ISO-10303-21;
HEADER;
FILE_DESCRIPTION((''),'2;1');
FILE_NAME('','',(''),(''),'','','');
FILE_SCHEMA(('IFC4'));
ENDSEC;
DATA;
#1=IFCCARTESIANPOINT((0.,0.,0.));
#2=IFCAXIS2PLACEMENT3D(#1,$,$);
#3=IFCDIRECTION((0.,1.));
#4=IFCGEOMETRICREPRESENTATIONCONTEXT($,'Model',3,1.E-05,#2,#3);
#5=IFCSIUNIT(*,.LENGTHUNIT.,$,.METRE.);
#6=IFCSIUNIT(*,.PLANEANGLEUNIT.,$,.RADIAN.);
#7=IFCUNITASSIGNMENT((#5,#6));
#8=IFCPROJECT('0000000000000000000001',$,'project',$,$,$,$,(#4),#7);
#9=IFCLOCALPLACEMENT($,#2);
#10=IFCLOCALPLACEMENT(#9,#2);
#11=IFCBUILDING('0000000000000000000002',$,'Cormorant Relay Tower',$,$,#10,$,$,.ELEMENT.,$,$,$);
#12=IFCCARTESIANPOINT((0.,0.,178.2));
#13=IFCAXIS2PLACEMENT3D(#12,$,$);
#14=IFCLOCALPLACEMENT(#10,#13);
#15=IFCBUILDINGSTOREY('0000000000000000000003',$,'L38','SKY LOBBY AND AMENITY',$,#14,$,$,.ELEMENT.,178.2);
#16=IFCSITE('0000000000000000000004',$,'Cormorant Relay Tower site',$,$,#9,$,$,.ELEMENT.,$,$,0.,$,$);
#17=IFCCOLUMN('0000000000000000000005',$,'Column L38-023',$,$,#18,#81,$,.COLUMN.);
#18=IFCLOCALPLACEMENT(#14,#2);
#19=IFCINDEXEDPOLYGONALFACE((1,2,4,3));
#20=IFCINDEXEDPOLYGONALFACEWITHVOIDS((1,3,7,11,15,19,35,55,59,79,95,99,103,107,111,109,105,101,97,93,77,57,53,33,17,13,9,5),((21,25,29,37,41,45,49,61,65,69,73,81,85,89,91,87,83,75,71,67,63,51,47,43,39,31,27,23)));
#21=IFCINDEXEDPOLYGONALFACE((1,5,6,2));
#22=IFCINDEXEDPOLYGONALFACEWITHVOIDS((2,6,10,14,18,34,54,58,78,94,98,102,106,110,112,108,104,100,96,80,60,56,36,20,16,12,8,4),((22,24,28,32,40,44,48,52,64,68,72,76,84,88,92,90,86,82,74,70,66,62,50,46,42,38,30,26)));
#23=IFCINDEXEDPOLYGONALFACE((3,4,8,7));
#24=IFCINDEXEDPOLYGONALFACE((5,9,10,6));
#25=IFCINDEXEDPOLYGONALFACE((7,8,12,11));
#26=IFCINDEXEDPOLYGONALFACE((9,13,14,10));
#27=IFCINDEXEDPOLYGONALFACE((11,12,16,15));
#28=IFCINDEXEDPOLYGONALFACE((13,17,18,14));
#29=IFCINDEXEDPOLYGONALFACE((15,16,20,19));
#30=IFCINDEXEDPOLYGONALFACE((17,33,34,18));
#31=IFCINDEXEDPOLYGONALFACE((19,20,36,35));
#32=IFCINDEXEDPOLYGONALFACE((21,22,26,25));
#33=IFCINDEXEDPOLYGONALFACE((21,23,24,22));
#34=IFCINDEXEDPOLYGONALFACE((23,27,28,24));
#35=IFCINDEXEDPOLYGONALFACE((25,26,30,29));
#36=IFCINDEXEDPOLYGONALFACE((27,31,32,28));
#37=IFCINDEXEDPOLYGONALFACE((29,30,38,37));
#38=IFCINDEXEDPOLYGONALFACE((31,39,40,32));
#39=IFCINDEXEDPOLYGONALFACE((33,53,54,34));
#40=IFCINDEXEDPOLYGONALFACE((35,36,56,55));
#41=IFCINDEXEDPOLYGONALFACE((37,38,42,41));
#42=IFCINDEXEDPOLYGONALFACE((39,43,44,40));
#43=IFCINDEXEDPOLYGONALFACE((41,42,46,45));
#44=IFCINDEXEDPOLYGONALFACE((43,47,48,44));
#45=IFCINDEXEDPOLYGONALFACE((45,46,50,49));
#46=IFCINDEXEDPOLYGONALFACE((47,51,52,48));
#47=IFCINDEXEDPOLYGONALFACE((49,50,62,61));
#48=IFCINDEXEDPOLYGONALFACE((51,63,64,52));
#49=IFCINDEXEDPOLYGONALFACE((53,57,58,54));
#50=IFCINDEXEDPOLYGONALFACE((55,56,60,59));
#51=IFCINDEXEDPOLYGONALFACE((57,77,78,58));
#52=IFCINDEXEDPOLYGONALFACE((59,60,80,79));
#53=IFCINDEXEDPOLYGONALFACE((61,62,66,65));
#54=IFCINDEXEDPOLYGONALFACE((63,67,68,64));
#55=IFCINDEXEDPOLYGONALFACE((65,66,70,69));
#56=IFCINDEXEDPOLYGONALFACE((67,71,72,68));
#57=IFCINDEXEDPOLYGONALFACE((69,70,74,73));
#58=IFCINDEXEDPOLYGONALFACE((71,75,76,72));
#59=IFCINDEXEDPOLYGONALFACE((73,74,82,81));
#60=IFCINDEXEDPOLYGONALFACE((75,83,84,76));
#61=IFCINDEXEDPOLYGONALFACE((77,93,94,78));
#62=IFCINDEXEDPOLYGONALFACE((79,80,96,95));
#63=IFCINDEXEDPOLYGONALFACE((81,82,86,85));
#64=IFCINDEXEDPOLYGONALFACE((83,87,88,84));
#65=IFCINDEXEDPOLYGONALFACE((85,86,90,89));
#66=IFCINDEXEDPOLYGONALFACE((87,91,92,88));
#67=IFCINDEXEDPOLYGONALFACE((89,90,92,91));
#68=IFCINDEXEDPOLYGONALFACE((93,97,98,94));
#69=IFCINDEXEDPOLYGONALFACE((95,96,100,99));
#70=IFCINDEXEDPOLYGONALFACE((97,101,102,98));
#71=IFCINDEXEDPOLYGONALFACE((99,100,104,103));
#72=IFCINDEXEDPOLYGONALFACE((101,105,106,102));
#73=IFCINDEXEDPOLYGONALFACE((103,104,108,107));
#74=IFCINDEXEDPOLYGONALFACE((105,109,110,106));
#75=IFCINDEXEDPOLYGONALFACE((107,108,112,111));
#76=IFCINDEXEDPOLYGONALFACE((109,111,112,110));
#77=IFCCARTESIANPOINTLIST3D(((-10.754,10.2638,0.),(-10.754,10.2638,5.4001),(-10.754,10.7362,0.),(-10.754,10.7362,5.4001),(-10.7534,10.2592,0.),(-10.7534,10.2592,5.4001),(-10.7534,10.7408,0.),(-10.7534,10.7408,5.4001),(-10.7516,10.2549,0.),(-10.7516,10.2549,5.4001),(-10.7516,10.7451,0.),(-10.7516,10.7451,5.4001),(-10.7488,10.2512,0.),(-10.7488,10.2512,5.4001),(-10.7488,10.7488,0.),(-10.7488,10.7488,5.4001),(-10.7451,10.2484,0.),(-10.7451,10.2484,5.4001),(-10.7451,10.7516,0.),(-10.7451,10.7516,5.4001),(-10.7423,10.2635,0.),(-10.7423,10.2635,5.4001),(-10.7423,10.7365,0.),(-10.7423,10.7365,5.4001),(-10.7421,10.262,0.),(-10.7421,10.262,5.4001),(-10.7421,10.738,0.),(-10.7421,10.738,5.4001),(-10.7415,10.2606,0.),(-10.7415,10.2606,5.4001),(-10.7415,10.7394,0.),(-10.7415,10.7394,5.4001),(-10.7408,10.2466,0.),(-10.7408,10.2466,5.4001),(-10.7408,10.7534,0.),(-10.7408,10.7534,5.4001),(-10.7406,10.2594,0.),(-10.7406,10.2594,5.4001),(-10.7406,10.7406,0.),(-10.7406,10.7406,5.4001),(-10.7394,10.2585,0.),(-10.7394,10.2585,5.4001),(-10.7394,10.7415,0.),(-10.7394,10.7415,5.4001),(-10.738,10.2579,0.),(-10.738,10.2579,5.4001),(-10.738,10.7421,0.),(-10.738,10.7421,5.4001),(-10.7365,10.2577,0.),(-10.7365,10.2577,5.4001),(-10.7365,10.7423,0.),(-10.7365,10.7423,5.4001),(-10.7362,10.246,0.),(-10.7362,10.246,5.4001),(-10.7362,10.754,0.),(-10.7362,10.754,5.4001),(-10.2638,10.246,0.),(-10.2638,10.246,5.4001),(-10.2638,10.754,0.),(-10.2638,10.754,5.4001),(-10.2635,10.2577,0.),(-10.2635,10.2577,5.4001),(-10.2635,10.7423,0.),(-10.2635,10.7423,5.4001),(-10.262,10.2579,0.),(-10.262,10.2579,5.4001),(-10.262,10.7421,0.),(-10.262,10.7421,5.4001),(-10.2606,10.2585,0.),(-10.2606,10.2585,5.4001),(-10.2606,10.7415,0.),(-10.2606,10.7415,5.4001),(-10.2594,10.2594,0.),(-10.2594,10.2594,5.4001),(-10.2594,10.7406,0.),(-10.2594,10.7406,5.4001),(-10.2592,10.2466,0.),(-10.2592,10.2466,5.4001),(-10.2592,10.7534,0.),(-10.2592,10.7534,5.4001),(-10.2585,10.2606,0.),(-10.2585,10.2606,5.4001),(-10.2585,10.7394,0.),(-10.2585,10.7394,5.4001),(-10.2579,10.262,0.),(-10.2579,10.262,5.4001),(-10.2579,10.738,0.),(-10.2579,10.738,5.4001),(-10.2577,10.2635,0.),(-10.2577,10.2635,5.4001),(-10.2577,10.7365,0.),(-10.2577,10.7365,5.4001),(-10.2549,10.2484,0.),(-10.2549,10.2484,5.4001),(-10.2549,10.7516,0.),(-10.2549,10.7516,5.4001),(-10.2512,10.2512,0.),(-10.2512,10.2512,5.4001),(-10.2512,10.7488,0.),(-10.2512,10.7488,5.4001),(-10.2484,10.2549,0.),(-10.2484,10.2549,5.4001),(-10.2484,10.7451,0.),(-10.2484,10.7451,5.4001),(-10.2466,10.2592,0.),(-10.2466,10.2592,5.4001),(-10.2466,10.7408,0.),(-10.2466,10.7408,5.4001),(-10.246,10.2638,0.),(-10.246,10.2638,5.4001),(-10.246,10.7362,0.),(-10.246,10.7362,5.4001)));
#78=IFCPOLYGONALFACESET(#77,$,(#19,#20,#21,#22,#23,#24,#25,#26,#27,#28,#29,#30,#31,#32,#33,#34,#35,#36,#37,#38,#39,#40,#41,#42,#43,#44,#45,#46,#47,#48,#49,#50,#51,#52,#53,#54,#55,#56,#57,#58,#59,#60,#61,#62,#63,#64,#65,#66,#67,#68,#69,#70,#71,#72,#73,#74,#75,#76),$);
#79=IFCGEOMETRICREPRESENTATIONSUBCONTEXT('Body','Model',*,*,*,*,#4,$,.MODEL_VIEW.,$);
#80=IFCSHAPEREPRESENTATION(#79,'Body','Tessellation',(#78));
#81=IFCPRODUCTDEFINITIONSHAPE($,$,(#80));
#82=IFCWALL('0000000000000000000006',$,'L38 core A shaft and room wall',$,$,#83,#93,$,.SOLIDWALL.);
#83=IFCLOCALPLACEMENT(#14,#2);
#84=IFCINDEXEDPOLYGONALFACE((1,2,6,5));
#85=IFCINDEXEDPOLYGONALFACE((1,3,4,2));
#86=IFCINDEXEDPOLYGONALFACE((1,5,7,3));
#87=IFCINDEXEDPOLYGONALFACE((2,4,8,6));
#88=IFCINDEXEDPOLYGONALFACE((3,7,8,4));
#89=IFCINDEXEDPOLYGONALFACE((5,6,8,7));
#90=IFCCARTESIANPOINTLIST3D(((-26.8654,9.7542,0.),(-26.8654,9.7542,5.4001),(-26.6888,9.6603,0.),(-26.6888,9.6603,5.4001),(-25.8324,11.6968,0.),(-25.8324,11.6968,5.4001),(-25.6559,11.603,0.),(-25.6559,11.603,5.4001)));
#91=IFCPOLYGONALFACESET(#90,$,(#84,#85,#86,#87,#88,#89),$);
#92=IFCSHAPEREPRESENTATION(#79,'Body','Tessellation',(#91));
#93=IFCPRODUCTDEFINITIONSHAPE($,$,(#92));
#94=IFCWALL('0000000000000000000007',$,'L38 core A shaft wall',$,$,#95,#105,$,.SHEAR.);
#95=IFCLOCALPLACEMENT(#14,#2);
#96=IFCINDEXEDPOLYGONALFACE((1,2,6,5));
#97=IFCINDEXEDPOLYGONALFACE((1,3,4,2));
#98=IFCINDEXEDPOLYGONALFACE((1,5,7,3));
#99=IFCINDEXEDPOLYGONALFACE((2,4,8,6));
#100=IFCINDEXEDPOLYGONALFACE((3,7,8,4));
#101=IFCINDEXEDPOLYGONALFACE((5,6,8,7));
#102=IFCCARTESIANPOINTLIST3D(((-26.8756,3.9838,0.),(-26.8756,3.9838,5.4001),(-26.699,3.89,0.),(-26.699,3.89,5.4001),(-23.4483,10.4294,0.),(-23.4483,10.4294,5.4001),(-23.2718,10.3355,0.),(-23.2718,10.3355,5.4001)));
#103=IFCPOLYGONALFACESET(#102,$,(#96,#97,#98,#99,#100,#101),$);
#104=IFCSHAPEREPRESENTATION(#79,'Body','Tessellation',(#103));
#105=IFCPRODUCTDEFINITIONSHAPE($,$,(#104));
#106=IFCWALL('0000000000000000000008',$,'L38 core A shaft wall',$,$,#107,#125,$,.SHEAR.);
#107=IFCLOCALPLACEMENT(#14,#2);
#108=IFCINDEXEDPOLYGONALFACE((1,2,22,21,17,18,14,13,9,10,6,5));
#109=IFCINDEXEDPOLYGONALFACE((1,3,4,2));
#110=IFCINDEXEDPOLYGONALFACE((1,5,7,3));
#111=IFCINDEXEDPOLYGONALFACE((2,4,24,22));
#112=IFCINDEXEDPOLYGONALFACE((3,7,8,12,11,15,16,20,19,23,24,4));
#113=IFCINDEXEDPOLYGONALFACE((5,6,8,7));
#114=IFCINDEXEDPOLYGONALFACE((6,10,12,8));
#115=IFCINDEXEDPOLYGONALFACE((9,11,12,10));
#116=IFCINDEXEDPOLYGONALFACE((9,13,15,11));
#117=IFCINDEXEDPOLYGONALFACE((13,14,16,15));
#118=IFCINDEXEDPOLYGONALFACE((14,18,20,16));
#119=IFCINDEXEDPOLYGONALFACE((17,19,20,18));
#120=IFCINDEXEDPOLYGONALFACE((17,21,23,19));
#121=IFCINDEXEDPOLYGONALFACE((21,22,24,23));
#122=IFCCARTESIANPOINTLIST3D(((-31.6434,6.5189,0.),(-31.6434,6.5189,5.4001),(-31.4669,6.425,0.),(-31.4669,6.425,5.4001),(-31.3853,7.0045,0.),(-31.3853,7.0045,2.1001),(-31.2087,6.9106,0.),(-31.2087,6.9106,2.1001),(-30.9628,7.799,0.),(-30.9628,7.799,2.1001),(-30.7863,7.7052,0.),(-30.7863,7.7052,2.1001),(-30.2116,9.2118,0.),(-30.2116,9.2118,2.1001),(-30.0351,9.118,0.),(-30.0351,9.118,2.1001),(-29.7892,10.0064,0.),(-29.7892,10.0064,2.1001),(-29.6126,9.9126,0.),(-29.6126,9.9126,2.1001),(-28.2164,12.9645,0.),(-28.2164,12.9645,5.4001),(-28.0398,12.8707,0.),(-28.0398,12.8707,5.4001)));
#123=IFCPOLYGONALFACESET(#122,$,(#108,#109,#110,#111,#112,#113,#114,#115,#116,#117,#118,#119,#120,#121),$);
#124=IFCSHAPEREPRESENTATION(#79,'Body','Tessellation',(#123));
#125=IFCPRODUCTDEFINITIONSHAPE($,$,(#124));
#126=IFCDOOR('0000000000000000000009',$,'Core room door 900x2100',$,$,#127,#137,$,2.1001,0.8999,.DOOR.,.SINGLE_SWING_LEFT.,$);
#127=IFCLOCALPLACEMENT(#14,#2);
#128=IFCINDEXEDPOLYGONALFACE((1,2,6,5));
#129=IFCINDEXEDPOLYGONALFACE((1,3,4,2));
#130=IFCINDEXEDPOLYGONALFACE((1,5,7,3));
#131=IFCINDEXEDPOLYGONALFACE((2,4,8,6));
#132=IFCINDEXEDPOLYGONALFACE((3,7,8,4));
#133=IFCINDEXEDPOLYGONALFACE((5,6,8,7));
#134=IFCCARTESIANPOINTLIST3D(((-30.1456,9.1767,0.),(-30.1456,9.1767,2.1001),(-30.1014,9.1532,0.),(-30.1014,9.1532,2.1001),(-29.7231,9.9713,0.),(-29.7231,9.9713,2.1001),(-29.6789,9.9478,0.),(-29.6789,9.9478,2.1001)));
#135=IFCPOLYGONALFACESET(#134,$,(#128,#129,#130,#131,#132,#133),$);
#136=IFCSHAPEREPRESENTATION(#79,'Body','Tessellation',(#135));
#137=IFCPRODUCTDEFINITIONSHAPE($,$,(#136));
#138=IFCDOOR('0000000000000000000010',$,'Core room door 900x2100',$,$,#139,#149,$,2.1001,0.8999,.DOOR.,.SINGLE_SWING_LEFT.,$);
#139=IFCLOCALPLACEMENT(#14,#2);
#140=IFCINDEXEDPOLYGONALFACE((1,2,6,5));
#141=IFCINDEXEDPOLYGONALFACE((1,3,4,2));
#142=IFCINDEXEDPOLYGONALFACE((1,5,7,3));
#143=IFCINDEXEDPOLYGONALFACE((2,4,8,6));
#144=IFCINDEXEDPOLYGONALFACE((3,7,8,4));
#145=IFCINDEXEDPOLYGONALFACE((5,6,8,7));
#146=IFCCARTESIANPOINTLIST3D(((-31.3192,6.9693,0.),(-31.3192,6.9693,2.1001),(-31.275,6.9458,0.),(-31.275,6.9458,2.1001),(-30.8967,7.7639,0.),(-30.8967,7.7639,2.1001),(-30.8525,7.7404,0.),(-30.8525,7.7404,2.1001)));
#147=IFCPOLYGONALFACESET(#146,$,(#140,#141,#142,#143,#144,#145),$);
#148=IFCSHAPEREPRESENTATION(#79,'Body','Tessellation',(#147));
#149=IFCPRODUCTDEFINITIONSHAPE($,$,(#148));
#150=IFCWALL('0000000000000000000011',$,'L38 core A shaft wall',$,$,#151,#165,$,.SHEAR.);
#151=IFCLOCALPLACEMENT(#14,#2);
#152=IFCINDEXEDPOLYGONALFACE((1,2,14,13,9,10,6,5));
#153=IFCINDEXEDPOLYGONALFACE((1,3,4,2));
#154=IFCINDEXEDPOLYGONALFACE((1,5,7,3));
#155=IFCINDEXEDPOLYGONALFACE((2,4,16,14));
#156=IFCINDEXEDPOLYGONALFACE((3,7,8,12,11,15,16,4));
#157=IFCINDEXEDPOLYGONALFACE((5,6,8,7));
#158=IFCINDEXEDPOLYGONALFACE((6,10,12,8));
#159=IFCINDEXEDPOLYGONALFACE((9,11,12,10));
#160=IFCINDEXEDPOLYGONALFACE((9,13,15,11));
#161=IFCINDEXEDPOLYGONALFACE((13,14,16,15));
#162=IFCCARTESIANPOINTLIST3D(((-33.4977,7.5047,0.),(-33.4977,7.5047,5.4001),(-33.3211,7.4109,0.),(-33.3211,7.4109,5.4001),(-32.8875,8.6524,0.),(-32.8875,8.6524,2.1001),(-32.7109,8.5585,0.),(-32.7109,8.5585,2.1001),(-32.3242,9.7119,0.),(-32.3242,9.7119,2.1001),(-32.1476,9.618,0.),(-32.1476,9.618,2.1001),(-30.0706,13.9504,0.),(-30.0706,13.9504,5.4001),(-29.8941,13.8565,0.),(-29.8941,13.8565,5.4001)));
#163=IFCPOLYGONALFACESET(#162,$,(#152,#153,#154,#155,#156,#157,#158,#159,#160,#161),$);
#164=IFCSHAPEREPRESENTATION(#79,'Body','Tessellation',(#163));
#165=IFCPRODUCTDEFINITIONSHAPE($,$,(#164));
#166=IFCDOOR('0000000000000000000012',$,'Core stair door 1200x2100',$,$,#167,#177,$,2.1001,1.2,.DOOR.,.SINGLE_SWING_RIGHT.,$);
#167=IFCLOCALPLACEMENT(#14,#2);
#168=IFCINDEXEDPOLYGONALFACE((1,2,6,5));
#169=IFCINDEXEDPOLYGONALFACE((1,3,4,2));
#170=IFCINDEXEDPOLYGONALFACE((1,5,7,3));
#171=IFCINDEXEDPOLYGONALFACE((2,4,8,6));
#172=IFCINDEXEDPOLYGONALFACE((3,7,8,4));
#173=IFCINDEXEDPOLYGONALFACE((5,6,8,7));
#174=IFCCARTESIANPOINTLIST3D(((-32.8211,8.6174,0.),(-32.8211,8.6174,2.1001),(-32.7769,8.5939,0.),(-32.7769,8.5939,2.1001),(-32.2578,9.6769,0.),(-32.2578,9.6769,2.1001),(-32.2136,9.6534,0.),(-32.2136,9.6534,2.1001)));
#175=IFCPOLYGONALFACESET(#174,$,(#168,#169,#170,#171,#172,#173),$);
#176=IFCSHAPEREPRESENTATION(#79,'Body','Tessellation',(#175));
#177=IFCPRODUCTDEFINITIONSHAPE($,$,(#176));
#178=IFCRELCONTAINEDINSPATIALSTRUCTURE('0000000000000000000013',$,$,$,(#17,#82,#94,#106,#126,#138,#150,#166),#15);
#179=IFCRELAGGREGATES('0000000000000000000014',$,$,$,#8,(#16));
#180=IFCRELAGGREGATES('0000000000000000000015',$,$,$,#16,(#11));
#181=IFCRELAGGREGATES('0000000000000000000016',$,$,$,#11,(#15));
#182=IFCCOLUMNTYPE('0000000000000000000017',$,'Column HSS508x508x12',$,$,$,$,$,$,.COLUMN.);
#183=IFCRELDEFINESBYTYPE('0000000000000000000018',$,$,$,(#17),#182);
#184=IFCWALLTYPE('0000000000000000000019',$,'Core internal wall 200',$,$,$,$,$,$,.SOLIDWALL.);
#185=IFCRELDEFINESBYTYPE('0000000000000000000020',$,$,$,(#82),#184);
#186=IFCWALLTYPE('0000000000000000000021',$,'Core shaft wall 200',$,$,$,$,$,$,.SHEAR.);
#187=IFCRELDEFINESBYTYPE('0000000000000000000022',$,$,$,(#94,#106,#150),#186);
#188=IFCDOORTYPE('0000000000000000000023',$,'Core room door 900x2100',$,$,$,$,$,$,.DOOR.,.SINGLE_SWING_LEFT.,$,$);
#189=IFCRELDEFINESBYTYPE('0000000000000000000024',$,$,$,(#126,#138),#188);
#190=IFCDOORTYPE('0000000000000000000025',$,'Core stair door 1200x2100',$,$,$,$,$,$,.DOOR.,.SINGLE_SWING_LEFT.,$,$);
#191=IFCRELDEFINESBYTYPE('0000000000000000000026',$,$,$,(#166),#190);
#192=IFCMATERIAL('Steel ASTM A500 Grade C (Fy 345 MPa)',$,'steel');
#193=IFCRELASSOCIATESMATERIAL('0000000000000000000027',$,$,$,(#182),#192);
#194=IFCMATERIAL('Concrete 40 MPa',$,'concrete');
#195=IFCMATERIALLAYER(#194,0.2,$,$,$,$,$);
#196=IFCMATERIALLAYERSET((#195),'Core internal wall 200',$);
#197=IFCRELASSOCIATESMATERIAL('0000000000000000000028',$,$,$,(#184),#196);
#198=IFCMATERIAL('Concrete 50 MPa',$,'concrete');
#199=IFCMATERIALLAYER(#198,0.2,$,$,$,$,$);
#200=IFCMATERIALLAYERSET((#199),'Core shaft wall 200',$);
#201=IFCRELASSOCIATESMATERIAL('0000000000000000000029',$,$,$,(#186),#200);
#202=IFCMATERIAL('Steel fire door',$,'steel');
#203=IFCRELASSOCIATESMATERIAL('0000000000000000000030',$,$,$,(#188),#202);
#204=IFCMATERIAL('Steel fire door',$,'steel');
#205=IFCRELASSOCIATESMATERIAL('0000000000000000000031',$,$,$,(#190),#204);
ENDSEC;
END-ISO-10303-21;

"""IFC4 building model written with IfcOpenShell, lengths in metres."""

from ifc_helpers import new_model, si_unit, direction, frame, frame_2d, origin, origin_2d, place, context, subcontext, project, spatial, rectangle, hollow_rectangle, extrude, material, layer, layer_set, material_profile, profile_set, type_object, element, fill, save


model = new_model("IFC4")

# Units and contexts
model_context = context("Model", 3, precision=1e-05, world=origin(), true_north=direction((0.0, 1.0)))
body_context = subcontext(model_context, "Body", "Model", "MODEL_VIEW")
ifc_project = project(units=[si_unit("LENGTHUNIT", "METRE"), si_unit("PLANEANGLEUNIT", "RADIAN")], contexts=[model_context])

# Site, building, storey
site_placement = place(None, origin())
site = spatial("IfcSite", under=ifc_project, at=site_placement, Name="Cormorant Relay Tower site", CompositionType="ELEMENT", RefElevation=0.0)
building_placement = place(site_placement, origin())
building = spatial("IfcBuilding", under=site, at=building_placement, Name="Cormorant Relay Tower", CompositionType="ELEMENT")
storey_placement = place(building_placement, frame((0.0, 0.0, 178.2)))
storey = spatial("IfcBuildingStorey", under=building, at=storey_placement, Name="L38", Description="SKY LOBBY AND AMENITY", CompositionType="ELEMENT", Elevation=178.2)

# Column
ifc_material_1 = material(Name="Steel ASTM A500 Grade C (Fy 345 MPa)", Category="steel")
ifc_material_profile = material_profile(ifc_material_1, hollow_rectangle(XDim=0.5081, YDim=0.5081, WallThickness=0.0117, InnerFilletRadius=0.0059, OuterFilletRadius=0.0178, at=origin_2d()), Name="HSS508x508x12")
ifc_profile_set = profile_set([ifc_material_profile], Name="Steel ASTM A500 Grade C (Fy 345 MPa)")
column_type = type_object("IfcColumnType", Name="Column HSS508x508x12", PredefinedType="COLUMN", material=ifc_profile_set)
column_placement = place(storey_placement, frame((-10.5, 10.5, 0.0), z_axis=(0.0, 0.0, 1.0), x_axis=(1.0, 0.0, 0.0)))
element("IfcColumn", 1, at=column_placement, inside=storey, type_object=column_type, Name="Column L38-023", PredefinedType="COLUMN", context=body_context, shape_type="SweptSolid", body=[
    extrude(hollow_rectangle(XDim=0.5081, YDim=0.5081, WallThickness=0.0117, InnerFilletRadius=0.0059, OuterFilletRadius=0.0178, at=origin_2d()), origin(), (0.0, 0.0, 1.0), 5.4001),
])

# Walls
ifc_material_2 = material(Name="Concrete 40 MPa", Category="concrete")
ifc_layer_1 = layer(ifc_material_2, 0.2)
ifc_layer_set_1 = layer_set([ifc_layer_1], Name="Core internal wall 200")
wall_type_1 = type_object("IfcWallType", Name="Core internal wall 200", PredefinedType="SOLIDWALL", material=ifc_layer_set_1)
wall_1_placement = place(storey_placement, frame((-25.7441, 11.6499, 0.0), z_axis=(0.0, 0.0, 1.0), x_axis=(-0.469488, -0.882939, 0.0)))
element("IfcWall", 2, at=wall_1_placement, inside=storey, type_object=wall_type_1, Name="L38 core A shaft and room wall", PredefinedType="SOLIDWALL", context=body_context, shape_type="SweptSolid", body=[
    extrude(rectangle(XDim=2.2002, YDim=0.2, at=frame_2d((1.1001, 0.0))), origin(), (0.0, 0.0, 1.0), 5.4001),
])
ifc_material_3 = material(Name="Concrete 50 MPa", Category="concrete")
ifc_layer_2 = layer(ifc_material_3, 0.2)
ifc_layer_set_2 = layer_set([ifc_layer_2], Name="Core shaft wall 200")
wall_type_2 = type_object("IfcWallType", Name="Core shaft wall 200", PredefinedType="SHEAR", material=ifc_layer_set_2)
wall_2_placement = place(storey_placement, frame((-23.3601, 10.3823, 0.0), z_axis=(0.0, 0.0, 1.0), x_axis=(-0.46948, -0.882943, 0.0)))
element("IfcWall", 3, at=wall_2_placement, inside=storey, type_object=wall_type_2, Name="L38 core A shaft wall", PredefinedType="SHEAR", context=body_context, shape_type="SweptSolid", body=[
    extrude(rectangle(XDim=7.3, YDim=0.2, at=frame_2d((3.6499, 0.0))), origin(), (0.0, 0.0, 1.0), 5.4001),
])

# Wall, openings, doors
wall_3_placement = place(storey_placement, frame((-28.1282, 12.9175, 0.0), z_axis=(0.0, 0.0, 1.0), x_axis=(-0.469454, -0.882957, 0.0)))
wall_3 = element("IfcWall", 4, at=wall_3_placement, inside=storey, type_object=wall_type_2, Name="L38 core A shaft wall", PredefinedType="SHEAR", context=body_context, shape_type="SweptSolid", body=[
    extrude(rectangle(XDim=7.3, YDim=0.2, at=frame_2d((3.6499, 0.0))), origin(), (0.0, 0.0, 1.0), 5.4001),
])
opening_1_placement = place(wall_3_placement, frame((3.3501, 0.0, 0.0)))
opening_1 = element("IfcOpeningElement", 5, at=opening_1_placement, cuts=wall_3, PredefinedType="OPENING", context=body_context, shape_type="SweptSolid", body=[
    extrude(rectangle(XDim=0.8999, YDim=2.1001, at=frame_2d((0.45, 1.05))), frame((0.0, 0.1099, 0.0), z_axis=(0.0, -1.0, 0.0), x_axis=(1.0, 0.0, 0.0)), (0.0, 0.0, 1.0), 0.22),
])
opening_2_placement = place(wall_3_placement, frame((5.8501, 0.0, 0.0)))
opening_2 = element("IfcOpeningElement", 6, at=opening_2_placement, cuts=wall_3, PredefinedType="OPENING", context=body_context, shape_type="SweptSolid", body=[
    extrude(rectangle(XDim=0.8999, YDim=2.1001, at=frame_2d((0.45, 1.05))), frame((0.0, 0.1099, 0.0), z_axis=(0.0, -1.0, 0.0), x_axis=(1.0, 0.0, 0.0)), (0.0, 0.0, 1.0), 0.22),
])
ifc_material_4 = material(Name="Steel fire door", Category="steel")
door_type_1 = type_object("IfcDoorType", Name="Core room door 900x2100", OperationType="SINGLE_SWING_LEFT", PredefinedType="DOOR", material=ifc_material_4)
door_1_placement = place(opening_1_placement, origin())
door_1 = element("IfcDoor", 7, at=door_1_placement, inside=storey, type_object=door_type_1, Name="Core room door 900x2100", OperationType="SINGLE_SWING_LEFT", OverallHeight=2.1001, OverallWidth=0.8999, PredefinedType="DOOR", context=body_context, shape_type="SweptSolid", body=[
    extrude(rectangle(XDim=0.8999, YDim=2.1001, at=frame_2d((0.45, 1.05))), frame((0.0, 0.0249, 0.0), z_axis=(0.0, -1.0, 0.0), x_axis=(1.0, 0.0, 0.0)), (0.0, 0.0, 1.0), 0.05),
])
fill(opening_1, door_1)
door_2_placement = place(opening_2_placement, origin())
door_2 = element("IfcDoor", 8, at=door_2_placement, inside=storey, type_object=door_type_1, Name="Core room door 900x2100", OperationType="SINGLE_SWING_LEFT", OverallHeight=2.1001, OverallWidth=0.8999, PredefinedType="DOOR", context=body_context, shape_type="SweptSolid", body=[
    extrude(rectangle(XDim=0.8999, YDim=2.1001, at=frame_2d((0.45, 1.05))), frame((0.0, 0.0249, 0.0), z_axis=(0.0, -1.0, 0.0), x_axis=(1.0, 0.0, 0.0)), (0.0, 0.0, 1.0), 0.05),
])
fill(opening_2, door_2)

# Wall, opening, door
wall_4_placement = place(storey_placement, frame((-29.9824, 13.9033, 0.0), z_axis=(0.0, 0.0, 1.0), x_axis=(-0.469454, -0.882957, 0.0)))
wall_4 = element("IfcWall", 9, at=wall_4_placement, inside=storey, type_object=wall_type_2, Name="L38 core A shaft wall", PredefinedType="SHEAR", context=body_context, shape_type="SweptSolid", body=[
    extrude(rectangle(XDim=7.3, YDim=0.2, at=frame_2d((3.6499, 0.0))), origin(), (0.0, 0.0, 1.0), 5.4001),
])
opening_3_placement = place(wall_4_placement, frame((4.8, 0.0, 0.0)))
opening_3 = element("IfcOpeningElement", 10, at=opening_3_placement, cuts=wall_4, PredefinedType="OPENING", context=body_context, shape_type="SweptSolid", body=[
    extrude(rectangle(XDim=1.2, YDim=2.1001, at=frame_2d((0.6001, 1.05))), frame((0.0, 0.1099, 0.0), z_axis=(0.0, -1.0, 0.0), x_axis=(1.0, 0.0, 0.0)), (0.0, 0.0, 1.0), 0.22),
])
ifc_material_5 = material(Name="Steel fire door", Category="steel")
door_type_2 = type_object("IfcDoorType", Name="Core stair door 1200x2100", OperationType="SINGLE_SWING_LEFT", PredefinedType="DOOR", material=ifc_material_5)
door_3_placement = place(opening_3_placement, frame((1.2, 0.0, 0.0), z_axis=(0.0, 0.0, 1.0), x_axis=(-1.0, 0.0, 0.0)))
door_3 = element("IfcDoor", 11, at=door_3_placement, inside=storey, type_object=door_type_2, Name="Core stair door 1200x2100", OperationType="SINGLE_SWING_RIGHT", OverallHeight=2.1001, OverallWidth=1.2, PredefinedType="DOOR", context=body_context, shape_type="SweptSolid", body=[
    extrude(rectangle(XDim=1.2, YDim=2.1001, at=frame_2d((0.6001, 1.05))), frame((0.0, 0.0249, 0.0), z_axis=(0.0, -1.0, 0.0), x_axis=(1.0, 0.0, 0.0)), (0.0, 0.0, 1.0), 0.05),
])
fill(opening_3, door_3)

save(model, "model.ifc")
